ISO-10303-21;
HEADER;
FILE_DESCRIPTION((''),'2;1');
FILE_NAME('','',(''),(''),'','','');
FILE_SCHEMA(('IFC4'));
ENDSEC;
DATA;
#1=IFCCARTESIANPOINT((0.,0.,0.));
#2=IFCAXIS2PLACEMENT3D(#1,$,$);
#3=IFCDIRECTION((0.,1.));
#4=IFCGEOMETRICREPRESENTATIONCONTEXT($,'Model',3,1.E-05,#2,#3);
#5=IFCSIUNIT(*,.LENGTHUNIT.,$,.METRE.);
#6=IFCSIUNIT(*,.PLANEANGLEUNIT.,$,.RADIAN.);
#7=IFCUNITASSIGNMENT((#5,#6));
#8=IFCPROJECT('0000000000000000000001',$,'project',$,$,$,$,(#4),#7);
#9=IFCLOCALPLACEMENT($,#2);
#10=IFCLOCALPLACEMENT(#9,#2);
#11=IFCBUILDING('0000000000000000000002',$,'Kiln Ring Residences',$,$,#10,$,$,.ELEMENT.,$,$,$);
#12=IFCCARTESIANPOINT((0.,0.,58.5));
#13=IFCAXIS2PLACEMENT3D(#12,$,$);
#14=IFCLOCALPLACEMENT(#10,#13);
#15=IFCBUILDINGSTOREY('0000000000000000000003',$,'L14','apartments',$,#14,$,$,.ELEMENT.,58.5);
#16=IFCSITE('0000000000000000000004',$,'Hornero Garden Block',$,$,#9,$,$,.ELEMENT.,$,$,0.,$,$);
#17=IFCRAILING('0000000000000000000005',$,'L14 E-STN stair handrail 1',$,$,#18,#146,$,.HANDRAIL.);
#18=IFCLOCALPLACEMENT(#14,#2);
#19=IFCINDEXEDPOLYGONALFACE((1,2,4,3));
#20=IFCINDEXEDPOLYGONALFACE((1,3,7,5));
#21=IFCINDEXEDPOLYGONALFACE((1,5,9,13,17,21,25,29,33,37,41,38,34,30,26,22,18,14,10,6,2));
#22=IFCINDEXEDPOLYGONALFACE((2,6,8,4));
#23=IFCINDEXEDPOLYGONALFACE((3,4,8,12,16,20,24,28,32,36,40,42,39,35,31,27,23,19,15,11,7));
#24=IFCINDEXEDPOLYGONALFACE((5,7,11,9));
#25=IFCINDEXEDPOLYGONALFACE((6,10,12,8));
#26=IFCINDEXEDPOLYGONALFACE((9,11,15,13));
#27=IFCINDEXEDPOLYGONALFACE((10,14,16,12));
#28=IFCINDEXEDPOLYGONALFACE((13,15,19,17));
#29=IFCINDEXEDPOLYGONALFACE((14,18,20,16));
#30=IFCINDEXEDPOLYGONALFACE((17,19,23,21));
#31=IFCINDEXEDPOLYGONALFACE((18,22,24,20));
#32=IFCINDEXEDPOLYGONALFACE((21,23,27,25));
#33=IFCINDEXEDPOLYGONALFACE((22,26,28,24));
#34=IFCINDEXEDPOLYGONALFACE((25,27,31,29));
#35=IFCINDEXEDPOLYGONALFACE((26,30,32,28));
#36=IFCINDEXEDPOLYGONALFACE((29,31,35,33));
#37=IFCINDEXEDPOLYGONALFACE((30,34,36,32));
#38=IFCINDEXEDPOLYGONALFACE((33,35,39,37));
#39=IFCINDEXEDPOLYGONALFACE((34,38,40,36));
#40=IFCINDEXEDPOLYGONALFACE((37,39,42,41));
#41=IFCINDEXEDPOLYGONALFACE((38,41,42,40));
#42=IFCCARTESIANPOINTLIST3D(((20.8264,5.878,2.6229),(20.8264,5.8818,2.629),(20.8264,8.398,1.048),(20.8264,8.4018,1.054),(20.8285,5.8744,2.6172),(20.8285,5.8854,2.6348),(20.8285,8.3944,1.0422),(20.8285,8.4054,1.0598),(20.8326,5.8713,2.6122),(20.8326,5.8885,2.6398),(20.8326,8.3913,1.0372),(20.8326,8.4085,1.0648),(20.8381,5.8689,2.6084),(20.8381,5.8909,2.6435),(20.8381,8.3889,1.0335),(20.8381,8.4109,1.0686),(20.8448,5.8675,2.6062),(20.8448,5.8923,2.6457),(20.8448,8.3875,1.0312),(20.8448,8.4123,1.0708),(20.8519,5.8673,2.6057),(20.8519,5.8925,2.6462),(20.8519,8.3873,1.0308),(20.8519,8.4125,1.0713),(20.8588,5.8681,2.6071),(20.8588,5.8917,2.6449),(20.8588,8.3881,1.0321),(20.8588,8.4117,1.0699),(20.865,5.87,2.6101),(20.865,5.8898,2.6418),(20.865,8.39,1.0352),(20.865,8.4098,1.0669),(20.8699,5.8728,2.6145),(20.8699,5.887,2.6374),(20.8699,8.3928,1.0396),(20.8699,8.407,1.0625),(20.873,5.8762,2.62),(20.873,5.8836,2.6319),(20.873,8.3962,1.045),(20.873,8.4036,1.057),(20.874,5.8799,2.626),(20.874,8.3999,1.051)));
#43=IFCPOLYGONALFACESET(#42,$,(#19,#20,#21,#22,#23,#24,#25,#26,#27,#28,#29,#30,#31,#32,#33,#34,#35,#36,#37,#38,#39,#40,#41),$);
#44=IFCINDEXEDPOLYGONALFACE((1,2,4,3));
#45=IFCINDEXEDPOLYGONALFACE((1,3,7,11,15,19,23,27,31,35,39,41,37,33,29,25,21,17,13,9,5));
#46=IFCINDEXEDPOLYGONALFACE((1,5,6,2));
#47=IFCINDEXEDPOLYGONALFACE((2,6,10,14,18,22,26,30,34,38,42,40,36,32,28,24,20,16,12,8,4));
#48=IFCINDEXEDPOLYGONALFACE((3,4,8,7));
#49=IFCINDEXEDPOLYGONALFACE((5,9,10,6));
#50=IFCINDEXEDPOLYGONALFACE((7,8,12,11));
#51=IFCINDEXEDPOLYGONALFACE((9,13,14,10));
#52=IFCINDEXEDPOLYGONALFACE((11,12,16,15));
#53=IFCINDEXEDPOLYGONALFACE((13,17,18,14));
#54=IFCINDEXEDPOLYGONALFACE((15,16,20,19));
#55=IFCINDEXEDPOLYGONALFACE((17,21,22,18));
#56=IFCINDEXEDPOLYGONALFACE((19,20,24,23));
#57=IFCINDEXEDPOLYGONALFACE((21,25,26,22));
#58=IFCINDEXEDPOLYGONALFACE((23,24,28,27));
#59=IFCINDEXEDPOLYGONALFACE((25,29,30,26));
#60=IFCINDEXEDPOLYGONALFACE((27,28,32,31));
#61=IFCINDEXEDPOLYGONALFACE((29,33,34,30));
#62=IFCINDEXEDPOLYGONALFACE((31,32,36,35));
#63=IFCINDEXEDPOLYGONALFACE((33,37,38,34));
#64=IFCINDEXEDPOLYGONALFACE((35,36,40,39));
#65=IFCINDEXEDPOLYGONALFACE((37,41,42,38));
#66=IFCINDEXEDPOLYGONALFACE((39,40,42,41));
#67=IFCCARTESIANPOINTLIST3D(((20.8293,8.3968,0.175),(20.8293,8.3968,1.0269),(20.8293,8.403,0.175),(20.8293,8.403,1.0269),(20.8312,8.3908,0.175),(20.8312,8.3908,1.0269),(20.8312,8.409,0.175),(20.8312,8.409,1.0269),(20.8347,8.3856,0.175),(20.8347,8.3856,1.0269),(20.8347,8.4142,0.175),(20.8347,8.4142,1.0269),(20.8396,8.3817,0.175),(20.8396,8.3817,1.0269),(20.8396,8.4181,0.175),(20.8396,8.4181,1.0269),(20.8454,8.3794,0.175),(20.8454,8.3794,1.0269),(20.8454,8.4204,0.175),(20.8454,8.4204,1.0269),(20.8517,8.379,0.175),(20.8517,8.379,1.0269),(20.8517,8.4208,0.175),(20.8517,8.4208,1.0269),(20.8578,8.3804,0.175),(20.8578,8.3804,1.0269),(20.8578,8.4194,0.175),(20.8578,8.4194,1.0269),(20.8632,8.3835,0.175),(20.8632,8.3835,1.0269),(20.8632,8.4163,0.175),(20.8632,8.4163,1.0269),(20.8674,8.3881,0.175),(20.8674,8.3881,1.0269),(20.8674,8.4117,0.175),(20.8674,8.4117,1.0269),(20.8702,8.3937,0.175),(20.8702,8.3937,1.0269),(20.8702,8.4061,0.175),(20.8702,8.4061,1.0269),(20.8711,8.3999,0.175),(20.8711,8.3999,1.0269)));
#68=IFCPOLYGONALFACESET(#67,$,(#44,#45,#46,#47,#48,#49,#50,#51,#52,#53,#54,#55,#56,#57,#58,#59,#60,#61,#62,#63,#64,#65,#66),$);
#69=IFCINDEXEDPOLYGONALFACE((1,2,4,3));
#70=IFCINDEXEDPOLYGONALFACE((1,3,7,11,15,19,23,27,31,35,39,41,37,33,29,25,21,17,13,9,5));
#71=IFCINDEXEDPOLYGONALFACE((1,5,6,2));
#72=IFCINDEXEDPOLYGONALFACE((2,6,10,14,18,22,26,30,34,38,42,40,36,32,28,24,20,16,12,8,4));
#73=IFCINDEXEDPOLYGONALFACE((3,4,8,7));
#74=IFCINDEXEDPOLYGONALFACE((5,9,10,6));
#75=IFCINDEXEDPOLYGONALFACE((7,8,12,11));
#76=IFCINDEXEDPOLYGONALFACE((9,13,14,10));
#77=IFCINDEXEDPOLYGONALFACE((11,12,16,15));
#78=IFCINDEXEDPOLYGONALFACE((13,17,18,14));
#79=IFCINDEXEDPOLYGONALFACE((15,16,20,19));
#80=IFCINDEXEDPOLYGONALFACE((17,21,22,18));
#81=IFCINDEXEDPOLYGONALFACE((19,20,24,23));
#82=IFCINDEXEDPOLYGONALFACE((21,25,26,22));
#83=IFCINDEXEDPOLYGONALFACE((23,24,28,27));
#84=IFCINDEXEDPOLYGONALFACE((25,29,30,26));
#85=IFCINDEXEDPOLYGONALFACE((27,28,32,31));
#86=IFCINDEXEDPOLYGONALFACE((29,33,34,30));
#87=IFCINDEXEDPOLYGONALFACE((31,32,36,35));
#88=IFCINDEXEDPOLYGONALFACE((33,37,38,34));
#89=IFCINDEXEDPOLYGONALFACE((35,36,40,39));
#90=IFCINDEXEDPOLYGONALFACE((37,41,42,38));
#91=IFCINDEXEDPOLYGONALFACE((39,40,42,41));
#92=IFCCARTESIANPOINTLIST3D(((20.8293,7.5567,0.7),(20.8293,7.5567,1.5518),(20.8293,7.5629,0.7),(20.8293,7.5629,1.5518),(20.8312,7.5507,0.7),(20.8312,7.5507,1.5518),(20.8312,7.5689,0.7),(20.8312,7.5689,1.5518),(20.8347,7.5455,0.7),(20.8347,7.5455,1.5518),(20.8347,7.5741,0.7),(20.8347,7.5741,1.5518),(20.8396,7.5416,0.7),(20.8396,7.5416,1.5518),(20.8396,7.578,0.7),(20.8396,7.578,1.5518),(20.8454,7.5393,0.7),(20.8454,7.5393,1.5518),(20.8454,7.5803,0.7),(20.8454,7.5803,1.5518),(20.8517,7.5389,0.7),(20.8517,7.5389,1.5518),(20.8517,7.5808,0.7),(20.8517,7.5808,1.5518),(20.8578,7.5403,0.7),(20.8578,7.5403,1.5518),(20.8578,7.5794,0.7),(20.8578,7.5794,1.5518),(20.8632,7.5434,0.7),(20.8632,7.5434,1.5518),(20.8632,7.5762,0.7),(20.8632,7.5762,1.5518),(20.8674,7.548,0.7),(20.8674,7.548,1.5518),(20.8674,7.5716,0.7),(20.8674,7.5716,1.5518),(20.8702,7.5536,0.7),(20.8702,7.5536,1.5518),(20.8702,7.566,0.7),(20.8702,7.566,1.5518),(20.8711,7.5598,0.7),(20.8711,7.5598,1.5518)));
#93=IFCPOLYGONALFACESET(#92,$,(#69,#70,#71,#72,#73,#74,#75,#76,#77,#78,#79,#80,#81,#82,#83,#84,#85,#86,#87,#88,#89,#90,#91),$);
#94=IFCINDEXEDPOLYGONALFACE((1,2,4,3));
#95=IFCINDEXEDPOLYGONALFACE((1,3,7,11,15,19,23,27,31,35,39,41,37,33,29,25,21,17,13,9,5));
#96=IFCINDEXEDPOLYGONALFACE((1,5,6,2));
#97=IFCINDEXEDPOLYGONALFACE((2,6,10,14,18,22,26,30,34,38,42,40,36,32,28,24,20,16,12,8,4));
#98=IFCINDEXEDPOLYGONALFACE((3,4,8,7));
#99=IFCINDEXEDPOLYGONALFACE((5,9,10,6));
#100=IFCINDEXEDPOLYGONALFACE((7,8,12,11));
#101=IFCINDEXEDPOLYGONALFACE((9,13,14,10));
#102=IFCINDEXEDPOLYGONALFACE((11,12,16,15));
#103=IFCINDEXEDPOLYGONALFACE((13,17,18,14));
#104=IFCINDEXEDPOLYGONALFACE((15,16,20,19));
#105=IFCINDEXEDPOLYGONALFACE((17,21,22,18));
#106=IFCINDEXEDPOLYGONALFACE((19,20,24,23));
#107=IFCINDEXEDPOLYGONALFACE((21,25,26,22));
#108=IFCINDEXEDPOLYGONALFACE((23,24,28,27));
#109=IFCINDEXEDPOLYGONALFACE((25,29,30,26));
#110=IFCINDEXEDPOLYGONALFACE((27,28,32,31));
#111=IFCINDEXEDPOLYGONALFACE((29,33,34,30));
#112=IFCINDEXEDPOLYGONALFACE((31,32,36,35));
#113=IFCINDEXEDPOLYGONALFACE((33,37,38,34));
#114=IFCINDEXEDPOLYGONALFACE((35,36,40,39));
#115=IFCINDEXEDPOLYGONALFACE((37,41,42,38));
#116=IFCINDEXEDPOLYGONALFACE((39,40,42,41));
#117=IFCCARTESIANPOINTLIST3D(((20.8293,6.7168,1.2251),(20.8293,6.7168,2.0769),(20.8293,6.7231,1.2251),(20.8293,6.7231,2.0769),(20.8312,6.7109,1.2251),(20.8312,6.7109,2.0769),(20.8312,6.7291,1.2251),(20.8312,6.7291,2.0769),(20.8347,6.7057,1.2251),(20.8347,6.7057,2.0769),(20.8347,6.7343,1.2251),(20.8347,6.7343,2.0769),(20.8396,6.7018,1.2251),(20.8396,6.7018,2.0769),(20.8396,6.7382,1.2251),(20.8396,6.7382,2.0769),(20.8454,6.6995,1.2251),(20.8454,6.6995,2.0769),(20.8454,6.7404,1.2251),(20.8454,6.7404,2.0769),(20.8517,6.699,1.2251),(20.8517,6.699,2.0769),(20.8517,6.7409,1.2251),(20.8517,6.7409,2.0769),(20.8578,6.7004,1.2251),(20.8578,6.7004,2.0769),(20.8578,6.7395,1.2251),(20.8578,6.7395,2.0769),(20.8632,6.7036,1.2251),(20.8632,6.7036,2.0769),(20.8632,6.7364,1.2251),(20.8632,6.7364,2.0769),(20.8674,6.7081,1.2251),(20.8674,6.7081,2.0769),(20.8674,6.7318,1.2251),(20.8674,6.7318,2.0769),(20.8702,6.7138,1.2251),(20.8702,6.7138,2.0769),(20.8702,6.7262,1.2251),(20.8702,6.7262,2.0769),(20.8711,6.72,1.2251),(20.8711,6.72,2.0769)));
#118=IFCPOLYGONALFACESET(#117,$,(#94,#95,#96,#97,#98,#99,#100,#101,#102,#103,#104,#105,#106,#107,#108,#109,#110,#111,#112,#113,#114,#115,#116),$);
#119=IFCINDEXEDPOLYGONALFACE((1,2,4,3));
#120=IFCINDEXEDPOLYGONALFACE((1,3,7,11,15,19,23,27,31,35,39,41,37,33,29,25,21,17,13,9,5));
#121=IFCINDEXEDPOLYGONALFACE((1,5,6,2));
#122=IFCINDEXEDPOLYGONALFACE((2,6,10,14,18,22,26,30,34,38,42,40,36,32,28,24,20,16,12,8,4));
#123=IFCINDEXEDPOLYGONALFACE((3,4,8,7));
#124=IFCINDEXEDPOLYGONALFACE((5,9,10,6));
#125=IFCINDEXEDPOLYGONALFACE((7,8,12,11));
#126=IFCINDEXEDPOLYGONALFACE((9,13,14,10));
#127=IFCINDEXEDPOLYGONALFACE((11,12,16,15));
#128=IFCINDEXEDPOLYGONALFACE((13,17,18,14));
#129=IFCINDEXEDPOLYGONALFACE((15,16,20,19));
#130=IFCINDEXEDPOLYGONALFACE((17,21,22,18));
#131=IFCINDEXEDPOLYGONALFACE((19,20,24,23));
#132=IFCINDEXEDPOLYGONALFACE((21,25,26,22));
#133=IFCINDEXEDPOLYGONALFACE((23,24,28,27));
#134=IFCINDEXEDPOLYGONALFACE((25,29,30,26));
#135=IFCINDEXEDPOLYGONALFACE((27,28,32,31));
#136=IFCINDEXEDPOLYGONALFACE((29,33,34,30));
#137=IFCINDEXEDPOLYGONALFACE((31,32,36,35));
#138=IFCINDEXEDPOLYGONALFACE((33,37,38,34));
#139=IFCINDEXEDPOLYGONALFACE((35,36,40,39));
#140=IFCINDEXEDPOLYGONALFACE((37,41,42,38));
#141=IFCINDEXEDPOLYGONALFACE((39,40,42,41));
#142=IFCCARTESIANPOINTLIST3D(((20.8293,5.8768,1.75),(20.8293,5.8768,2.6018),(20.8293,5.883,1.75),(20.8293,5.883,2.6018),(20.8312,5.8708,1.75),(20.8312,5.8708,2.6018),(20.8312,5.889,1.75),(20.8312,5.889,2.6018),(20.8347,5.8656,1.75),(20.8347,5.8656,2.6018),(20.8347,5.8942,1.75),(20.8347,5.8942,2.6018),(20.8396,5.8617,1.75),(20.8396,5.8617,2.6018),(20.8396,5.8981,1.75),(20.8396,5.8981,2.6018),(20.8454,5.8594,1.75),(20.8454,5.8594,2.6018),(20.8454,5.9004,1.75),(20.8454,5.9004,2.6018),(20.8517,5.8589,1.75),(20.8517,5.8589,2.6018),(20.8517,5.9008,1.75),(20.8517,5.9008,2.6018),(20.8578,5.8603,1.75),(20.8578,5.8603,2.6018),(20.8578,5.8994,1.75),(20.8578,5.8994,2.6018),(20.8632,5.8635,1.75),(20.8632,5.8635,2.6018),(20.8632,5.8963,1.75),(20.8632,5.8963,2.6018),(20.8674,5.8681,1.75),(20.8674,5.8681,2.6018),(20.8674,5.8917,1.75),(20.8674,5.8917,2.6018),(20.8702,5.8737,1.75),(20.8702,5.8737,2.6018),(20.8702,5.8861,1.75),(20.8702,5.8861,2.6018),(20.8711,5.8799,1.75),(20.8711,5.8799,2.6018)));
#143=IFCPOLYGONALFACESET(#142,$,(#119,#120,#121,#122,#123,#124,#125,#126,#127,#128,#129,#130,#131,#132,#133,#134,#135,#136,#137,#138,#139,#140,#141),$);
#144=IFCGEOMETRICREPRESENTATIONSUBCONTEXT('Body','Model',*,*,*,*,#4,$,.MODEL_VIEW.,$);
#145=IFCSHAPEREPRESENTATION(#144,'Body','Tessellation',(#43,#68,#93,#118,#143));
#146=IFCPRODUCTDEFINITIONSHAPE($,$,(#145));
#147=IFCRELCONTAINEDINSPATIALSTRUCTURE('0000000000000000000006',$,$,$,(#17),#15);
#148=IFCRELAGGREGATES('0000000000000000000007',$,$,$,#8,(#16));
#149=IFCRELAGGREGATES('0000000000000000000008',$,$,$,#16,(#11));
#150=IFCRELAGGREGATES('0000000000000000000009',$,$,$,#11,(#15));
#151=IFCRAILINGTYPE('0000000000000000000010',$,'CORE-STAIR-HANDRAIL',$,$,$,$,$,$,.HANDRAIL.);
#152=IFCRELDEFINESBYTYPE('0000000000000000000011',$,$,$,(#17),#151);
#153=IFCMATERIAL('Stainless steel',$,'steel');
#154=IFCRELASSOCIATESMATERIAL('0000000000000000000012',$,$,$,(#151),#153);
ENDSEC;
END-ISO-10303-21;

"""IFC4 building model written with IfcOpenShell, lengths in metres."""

from ifc_helpers import new_model, si_unit, direction, frame, origin, origin_2d, place, context, subcontext, project, spatial, circle, extrude, material, type_object, element, save


model = new_model("IFC4")

# Units and contexts
model_context = context("Model", 3, precision=1e-05, world=origin(), true_north=direction((0.0, 1.0)))
body_context = subcontext(model_context, "Body", "Model", "MODEL_VIEW")
ifc_project = project(units=[si_unit("LENGTHUNIT", "METRE"), si_unit("PLANEANGLEUNIT", "RADIAN")], contexts=[model_context])

# Site, building, storey
site_placement = place(None, origin())
site = spatial("IfcSite", under=ifc_project, at=site_placement, Name="Hornero Garden Block", CompositionType="ELEMENT", RefElevation=0.0)
building_placement = place(site_placement, origin())
building = spatial("IfcBuilding", under=site, at=building_placement, Name="Kiln Ring Residences", CompositionType="ELEMENT")
storey_placement = place(building_placement, frame((0.0, 0.0, 58.5)))
storey = spatial("IfcBuildingStorey", under=building, at=storey_placement, Name="L14", Description="apartments", CompositionType="ELEMENT", Elevation=58.5)

# Railing
ifc_material_1 = material(Name="Stainless steel", Category="steel")
railing_type_1 = type_object("IfcRailingType", Name="CORE-STAIR-HANDRAIL", PredefinedType="HANDRAIL", material=ifc_material_1)
railing_1_placement = place(storey_placement, frame((20.8501, 8.3999, 0.175)))
element("IfcRailing", 1, at=railing_1_placement, inside=storey, type_object=railing_type_1, Name="L14 E-STN stair handrail 1", PredefinedType="HANDRAIL", context=body_context, shape_type="SweptSolid", body=[
    extrude(circle(Radius=0.0239, at=origin_2d()), frame((0.0, 0.0, 0.876), z_axis=(0.0, -0.848008, 0.529984), x_axis=(1.0, 0.0, 0.0)), (0.0, 0.0, 1.0), 2.9717),
    extrude(circle(Radius=0.021, at=origin_2d()), origin(), (0.0, 0.0, 1.0), 0.8518),
    extrude(circle(Radius=0.021, at=origin_2d()), frame((0.0, -0.8401, 0.5249)), (0.0, 0.0, 1.0), 0.8518),
    extrude(circle(Radius=0.021, at=origin_2d()), frame((0.0, -1.6799, 1.05)), (0.0, 0.0, 1.0), 0.8518),
    extrude(circle(Radius=0.021, at=origin_2d()), frame((0.0, -2.52, 1.575)), (0.0, 0.0, 1.0), 0.8518),
])

save(model, "model.ifc")
